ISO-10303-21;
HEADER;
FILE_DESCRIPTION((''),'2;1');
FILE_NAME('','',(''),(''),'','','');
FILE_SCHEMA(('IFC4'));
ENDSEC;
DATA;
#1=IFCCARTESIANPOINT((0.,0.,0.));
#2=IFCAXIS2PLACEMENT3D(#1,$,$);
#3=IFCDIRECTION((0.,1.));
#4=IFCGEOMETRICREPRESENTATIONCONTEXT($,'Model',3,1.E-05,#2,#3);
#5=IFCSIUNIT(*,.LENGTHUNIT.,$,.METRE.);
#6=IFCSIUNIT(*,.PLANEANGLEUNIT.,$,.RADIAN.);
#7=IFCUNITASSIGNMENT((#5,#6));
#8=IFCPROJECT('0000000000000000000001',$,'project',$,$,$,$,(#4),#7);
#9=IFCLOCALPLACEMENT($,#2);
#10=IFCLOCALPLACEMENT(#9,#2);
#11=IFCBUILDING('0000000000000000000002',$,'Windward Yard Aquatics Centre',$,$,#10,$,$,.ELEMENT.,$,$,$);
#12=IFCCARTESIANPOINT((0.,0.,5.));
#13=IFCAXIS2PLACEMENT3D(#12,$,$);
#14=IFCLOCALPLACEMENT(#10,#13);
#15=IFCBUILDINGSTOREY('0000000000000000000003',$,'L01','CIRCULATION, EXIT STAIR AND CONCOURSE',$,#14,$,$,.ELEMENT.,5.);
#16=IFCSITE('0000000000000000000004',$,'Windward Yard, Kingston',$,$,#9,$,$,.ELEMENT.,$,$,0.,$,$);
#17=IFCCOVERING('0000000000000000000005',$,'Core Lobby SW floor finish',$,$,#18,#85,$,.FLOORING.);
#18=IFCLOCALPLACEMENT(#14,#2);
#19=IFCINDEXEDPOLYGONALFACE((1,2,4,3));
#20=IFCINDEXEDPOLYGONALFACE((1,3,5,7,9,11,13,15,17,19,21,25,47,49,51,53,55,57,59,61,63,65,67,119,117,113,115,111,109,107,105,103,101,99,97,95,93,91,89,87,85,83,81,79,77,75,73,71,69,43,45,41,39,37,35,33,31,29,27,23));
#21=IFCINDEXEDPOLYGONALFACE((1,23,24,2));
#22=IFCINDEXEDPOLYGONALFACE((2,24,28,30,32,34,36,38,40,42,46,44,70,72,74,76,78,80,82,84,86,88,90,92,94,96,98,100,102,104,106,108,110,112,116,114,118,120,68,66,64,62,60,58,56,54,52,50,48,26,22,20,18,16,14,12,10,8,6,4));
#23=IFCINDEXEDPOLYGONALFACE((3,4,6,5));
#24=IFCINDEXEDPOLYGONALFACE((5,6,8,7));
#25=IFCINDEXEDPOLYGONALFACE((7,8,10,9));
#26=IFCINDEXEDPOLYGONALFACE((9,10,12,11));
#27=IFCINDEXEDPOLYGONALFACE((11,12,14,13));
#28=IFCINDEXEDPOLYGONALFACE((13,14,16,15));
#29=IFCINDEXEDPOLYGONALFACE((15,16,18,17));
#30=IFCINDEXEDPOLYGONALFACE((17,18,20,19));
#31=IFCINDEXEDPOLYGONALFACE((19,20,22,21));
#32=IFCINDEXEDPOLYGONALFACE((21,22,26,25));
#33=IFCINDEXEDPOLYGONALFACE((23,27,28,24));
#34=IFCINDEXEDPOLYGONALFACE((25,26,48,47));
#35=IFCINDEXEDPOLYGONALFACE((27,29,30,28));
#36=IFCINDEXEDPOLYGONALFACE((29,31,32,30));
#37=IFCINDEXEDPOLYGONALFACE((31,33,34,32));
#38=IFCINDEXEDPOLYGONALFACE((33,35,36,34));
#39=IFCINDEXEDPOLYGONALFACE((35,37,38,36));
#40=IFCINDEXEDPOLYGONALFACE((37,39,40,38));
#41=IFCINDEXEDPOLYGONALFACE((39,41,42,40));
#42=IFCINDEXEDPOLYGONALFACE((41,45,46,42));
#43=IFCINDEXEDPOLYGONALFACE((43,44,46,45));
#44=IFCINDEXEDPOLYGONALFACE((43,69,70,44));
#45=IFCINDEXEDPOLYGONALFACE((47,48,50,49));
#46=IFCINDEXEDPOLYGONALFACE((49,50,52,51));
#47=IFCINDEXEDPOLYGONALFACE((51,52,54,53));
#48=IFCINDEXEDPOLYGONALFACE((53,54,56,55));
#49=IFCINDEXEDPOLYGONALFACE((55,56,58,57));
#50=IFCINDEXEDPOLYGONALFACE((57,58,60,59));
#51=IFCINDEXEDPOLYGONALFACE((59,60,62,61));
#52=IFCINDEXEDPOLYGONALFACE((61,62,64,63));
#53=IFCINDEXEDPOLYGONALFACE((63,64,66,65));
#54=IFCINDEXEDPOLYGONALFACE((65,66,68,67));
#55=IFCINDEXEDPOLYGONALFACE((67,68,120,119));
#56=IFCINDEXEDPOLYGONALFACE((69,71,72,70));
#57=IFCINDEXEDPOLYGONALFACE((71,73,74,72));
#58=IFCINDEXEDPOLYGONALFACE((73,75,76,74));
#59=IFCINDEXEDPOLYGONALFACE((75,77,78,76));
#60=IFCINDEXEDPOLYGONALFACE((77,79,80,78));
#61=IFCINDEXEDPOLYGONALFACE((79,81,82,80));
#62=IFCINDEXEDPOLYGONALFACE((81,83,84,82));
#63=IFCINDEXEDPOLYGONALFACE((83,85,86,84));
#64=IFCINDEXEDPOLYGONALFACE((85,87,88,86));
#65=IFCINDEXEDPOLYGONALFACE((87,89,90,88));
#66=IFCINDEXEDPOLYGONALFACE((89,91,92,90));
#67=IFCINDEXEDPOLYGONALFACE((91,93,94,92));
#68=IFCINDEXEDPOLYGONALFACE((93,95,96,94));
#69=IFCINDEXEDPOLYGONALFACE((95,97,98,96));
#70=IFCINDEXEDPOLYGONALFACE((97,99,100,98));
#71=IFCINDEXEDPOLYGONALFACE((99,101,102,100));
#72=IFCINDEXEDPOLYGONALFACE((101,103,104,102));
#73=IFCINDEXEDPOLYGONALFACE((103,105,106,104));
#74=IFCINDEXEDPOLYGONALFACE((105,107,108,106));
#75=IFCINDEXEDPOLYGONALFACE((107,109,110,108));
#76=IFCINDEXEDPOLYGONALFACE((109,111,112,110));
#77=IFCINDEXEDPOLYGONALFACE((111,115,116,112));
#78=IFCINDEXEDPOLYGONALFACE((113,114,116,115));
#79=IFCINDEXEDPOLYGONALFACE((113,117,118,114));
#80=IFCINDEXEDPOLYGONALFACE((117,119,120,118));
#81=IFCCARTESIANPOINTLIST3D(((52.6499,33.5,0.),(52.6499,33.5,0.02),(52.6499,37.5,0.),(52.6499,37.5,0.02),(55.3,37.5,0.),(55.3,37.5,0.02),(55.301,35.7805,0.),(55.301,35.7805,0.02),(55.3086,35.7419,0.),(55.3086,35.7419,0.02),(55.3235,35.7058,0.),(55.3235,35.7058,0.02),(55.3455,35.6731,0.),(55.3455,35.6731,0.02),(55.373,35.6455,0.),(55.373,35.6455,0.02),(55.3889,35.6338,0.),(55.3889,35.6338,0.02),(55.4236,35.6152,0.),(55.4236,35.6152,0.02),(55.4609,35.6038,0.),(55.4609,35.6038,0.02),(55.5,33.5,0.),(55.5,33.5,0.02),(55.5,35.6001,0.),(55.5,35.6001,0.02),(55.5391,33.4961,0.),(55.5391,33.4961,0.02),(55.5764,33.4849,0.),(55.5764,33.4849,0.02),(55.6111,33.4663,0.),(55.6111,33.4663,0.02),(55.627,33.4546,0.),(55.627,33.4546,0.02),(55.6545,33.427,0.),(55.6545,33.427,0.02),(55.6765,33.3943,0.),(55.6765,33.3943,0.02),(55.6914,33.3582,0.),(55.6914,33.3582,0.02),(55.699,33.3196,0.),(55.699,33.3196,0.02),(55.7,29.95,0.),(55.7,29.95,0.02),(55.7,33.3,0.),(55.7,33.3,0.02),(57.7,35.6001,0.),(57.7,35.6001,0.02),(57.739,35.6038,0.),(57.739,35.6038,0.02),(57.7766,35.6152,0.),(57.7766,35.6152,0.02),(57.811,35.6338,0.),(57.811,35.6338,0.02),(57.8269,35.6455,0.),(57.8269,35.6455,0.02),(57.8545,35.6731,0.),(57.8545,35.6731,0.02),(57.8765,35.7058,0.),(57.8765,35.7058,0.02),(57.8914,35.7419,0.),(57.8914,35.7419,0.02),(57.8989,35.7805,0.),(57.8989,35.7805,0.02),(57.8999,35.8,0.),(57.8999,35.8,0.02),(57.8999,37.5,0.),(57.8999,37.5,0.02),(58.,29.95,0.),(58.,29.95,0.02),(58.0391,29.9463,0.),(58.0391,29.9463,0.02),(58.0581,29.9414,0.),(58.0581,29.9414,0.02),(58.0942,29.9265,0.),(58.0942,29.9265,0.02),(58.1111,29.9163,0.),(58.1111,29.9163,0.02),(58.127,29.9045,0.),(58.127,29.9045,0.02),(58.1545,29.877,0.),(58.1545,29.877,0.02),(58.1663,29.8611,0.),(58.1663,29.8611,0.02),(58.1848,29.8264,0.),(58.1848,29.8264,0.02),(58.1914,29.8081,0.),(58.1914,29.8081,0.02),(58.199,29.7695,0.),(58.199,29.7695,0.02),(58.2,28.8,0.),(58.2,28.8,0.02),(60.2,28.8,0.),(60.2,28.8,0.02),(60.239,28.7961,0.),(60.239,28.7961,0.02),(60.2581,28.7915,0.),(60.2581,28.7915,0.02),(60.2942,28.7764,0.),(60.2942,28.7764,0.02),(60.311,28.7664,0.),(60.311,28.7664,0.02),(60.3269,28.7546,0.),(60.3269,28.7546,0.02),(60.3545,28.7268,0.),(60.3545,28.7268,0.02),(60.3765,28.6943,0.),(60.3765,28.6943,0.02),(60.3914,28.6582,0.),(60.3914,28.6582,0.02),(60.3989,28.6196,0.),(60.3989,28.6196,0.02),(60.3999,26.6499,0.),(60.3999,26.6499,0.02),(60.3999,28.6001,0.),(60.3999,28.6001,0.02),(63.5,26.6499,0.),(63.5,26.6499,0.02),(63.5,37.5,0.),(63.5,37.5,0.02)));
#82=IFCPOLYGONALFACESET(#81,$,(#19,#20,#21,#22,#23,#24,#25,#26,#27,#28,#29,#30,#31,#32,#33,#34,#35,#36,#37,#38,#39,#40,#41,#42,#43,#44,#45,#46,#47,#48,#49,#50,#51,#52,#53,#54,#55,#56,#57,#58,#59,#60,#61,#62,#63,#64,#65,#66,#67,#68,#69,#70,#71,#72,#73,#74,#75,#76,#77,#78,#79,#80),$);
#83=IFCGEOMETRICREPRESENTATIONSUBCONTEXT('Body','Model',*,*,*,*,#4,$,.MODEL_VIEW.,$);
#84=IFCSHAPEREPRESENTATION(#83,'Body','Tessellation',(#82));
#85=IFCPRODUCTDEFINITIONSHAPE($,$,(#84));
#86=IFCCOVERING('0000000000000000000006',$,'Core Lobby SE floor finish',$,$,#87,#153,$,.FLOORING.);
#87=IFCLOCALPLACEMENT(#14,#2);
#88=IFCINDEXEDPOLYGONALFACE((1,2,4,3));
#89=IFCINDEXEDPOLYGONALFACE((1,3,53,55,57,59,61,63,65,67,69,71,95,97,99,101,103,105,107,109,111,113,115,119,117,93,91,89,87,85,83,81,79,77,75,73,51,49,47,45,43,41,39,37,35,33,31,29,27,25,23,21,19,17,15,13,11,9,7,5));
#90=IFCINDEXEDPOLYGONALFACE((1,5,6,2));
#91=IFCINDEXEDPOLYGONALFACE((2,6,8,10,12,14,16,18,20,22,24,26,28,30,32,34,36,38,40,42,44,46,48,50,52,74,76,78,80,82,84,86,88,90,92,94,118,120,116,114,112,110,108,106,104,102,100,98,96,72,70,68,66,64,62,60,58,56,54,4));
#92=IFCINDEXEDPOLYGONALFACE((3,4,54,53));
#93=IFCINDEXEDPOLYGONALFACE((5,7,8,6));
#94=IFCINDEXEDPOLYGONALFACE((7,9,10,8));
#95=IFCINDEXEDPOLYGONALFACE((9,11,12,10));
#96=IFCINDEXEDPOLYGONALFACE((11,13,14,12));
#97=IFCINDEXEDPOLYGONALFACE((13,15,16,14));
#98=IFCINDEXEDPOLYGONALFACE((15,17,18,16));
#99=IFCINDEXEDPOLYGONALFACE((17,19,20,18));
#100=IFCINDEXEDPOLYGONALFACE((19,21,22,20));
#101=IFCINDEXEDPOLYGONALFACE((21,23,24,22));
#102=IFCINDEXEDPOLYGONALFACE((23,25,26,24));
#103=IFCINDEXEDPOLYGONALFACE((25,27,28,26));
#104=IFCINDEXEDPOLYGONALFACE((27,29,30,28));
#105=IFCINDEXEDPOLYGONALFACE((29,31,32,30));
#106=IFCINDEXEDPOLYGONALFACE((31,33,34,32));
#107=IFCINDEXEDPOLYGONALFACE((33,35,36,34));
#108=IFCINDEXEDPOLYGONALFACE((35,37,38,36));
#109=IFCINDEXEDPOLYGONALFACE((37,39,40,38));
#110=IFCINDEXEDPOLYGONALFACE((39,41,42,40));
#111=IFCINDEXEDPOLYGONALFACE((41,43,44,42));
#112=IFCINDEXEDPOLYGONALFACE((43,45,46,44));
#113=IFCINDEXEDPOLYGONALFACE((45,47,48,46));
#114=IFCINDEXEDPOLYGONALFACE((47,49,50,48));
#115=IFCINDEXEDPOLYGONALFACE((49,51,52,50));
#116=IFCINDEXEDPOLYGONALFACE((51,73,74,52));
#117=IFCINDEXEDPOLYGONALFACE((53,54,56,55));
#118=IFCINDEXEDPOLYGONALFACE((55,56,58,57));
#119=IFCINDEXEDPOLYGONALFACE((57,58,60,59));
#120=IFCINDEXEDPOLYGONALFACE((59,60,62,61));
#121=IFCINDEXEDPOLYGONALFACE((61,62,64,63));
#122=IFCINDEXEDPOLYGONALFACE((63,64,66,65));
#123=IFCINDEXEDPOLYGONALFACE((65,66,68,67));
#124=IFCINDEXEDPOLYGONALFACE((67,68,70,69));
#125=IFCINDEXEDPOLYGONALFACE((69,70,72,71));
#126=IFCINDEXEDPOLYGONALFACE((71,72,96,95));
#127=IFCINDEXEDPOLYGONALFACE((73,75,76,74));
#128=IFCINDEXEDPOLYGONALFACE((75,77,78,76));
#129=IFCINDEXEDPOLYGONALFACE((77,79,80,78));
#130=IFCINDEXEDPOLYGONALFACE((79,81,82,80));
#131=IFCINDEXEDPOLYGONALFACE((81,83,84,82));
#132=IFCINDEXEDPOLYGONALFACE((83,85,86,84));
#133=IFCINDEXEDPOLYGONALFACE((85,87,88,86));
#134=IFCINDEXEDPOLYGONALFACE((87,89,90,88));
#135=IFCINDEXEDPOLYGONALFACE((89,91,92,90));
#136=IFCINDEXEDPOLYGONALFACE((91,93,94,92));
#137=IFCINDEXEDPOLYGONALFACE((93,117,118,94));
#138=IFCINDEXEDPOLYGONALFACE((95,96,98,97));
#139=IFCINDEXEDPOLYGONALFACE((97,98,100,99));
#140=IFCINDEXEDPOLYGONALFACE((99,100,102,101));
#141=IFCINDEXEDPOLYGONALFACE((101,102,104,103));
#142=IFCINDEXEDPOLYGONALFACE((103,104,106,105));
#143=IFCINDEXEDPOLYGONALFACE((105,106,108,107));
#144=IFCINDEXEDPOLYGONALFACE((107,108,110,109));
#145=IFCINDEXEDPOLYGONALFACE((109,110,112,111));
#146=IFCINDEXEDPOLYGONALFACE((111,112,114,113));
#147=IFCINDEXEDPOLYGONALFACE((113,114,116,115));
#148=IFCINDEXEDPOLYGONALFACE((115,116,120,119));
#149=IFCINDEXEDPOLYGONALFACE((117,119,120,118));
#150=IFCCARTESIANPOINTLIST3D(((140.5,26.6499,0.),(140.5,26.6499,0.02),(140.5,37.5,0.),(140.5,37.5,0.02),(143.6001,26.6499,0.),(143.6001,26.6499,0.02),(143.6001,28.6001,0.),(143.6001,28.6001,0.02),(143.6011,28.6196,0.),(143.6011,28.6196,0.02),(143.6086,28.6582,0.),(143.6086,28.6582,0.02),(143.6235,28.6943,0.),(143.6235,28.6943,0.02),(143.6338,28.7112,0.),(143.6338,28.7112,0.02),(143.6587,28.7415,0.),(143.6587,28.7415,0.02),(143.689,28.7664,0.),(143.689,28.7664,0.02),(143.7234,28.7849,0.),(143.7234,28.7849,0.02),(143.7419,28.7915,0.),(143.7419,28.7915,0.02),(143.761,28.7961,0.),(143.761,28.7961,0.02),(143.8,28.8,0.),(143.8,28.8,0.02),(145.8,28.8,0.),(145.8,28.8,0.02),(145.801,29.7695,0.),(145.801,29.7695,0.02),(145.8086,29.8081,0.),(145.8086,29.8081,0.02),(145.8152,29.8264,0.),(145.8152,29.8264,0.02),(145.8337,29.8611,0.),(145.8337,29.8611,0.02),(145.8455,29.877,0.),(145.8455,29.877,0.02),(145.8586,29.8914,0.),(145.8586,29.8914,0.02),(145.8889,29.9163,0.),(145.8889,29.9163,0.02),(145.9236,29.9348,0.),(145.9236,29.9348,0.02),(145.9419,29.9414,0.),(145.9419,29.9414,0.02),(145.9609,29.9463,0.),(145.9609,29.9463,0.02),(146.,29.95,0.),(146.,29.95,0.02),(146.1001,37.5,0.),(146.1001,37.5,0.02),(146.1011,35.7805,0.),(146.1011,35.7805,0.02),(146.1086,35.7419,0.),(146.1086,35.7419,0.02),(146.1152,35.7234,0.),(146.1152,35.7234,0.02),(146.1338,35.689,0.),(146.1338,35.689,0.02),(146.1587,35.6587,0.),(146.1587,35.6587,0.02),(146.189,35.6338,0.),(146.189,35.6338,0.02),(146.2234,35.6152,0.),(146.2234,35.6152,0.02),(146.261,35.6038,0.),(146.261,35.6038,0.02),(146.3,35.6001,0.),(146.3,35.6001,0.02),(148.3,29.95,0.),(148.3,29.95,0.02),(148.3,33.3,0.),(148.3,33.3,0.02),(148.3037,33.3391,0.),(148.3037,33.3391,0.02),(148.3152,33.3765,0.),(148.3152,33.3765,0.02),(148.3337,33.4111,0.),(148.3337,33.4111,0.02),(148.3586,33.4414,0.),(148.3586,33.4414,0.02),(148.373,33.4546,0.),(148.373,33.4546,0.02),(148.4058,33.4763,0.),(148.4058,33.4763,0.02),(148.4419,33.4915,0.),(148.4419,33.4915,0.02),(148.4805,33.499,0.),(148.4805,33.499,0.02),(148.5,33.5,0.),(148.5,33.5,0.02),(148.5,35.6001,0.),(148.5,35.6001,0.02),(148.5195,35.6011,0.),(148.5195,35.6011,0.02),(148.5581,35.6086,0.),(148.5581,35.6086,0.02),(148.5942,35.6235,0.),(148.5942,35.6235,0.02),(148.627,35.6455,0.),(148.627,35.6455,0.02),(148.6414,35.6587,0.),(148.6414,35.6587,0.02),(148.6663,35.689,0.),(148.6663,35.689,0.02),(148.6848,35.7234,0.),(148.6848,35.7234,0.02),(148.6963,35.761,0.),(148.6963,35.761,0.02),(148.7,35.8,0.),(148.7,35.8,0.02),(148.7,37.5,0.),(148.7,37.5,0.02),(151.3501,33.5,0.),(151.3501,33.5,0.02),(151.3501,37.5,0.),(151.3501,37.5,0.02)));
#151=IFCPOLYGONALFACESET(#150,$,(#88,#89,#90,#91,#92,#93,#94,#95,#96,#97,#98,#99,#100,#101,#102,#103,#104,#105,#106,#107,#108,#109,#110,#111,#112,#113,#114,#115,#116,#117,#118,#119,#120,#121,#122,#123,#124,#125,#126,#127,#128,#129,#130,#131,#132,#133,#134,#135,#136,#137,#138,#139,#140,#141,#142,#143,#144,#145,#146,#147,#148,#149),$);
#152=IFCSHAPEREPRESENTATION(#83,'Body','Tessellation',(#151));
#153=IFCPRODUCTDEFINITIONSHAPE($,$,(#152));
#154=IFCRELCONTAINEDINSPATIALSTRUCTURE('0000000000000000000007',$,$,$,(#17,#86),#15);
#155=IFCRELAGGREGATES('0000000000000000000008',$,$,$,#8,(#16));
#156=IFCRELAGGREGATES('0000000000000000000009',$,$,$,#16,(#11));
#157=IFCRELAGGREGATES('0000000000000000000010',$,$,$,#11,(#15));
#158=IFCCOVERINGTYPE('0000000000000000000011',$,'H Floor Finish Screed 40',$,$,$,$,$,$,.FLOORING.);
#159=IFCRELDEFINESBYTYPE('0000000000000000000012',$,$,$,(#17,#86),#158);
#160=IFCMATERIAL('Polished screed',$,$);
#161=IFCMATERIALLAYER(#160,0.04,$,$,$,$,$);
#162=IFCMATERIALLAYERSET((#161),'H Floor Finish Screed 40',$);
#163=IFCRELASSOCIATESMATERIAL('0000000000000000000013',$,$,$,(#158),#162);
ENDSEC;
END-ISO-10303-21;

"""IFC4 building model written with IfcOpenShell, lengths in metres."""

from ifc_helpers import new_model, si_unit, direction, frame, origin, place, context, subcontext, project, spatial, polyline, outline, extrude, material, layer, layer_set, type_object, element, save


model = new_model("IFC4")

# Units and contexts
model_context = context("Model", 3, precision=1e-05, world=origin(), true_north=direction((0.0, 1.0)))
body_context = subcontext(model_context, "Body", "Model", "MODEL_VIEW")
ifc_project = project(units=[si_unit("LENGTHUNIT", "METRE"), si_unit("PLANEANGLEUNIT", "RADIAN")], contexts=[model_context])

# Site, building, storey
site_placement = place(None, origin())
site = spatial("IfcSite", under=ifc_project, at=site_placement, Name="Windward Yard, Kingston", CompositionType="ELEMENT", RefElevation=0.0)
building_placement = place(site_placement, origin())
building = spatial("IfcBuilding", under=site, at=building_placement, Name="Windward Yard Aquatics Centre", CompositionType="ELEMENT")
storey_placement = place(building_placement, frame((0.0, 0.0, 5.0)))
storey = spatial("IfcBuildingStorey", under=building, at=storey_placement, Name="L01", Description="CIRCULATION, EXIT STAIR AND CONCOURSE", CompositionType="ELEMENT", Elevation=5.0)

# Coverings
ifc_material_1 = material(Name="Polished screed")
ifc_layer_1 = layer(ifc_material_1, 0.04)
ifc_layer_set_1 = layer_set([ifc_layer_1], Name="H Floor Finish Screed 40")
covering_type_1 = type_object("IfcCoveringType", Name="H Floor Finish Screed 40", PredefinedType="FLOORING", material=ifc_layer_set_1)
covering_1_placement = place(storey_placement, origin())
element("IfcCovering", 1, at=covering_1_placement, inside=storey, type_object=covering_type_1, Name="Core Lobby SW floor finish", PredefinedType="FLOORING", context=body_context, shape_type="SweptSolid", body=[
    extrude(outline(polyline([(52.6499, 33.5), (52.6499, 37.5), (55.3, 37.5), (55.301, 35.7805), (55.3086, 35.7419), (55.3235, 35.7058), (55.3455, 35.6731), (55.373, 35.6455), (55.3889, 35.6338), (55.4236, 35.6152), (55.4609, 35.6038), (55.5, 35.6001), (57.7, 35.6001), (57.739, 35.6038), (57.7766, 35.6152), (57.811, 35.6338), (57.8269, 35.6455), (57.8545, 35.6731), (57.8765, 35.7058), (57.8914, 35.7419), (57.8989, 35.7805), (57.8999, 35.8), (57.8999, 37.5), (63.5, 37.5), (63.5, 26.6499), (60.3999, 26.6499), (60.3999, 28.6001), (60.3989, 28.6196), (60.3914, 28.6582), (60.3765, 28.6943), (60.3545, 28.7268), (60.3269, 28.7546), (60.311, 28.7664), (60.2942, 28.7764), (60.2581, 28.7915), (60.239, 28.7961), (60.2, 28.8), (58.2, 28.8), (58.199, 29.7695), (58.1914, 29.8081), (58.1848, 29.8264), (58.1663, 29.8611), (58.1545, 29.877), (58.127, 29.9045), (58.1111, 29.9163), (58.0942, 29.9265), (58.0581, 29.9414), (58.0391, 29.9463), (58.0, 29.95), (55.7, 29.95), (55.7, 33.3), (55.699, 33.3196), (55.6914, 33.3582), (55.6765, 33.3943), (55.6545, 33.427), (55.627, 33.4546), (55.6111, 33.4663), (55.5764, 33.4849), (55.5391, 33.4961), (55.5, 33.5), (52.6499, 33.5)])), origin(), (0.0, 0.0, 1.0), 0.02),
])
covering_2_placement = place(storey_placement, origin())
element("IfcCovering", 2, at=covering_2_placement, inside=storey, type_object=covering_type_1, Name="Core Lobby SE floor finish", PredefinedType="FLOORING", context=body_context, shape_type="SweptSolid", body=[
    extrude(outline(polyline([(140.5, 26.6499), (140.5, 37.5), (146.1001, 37.5), (146.1011, 35.7805), (146.1086, 35.7419), (146.1152, 35.7234), (146.1338, 35.689), (146.1587, 35.6587), (146.189, 35.6338), (146.2234, 35.6152), (146.261, 35.6038), (146.3, 35.6001), (148.5, 35.6001), (148.5195, 35.6011), (148.5581, 35.6086), (148.5942, 35.6235), (148.627, 35.6455), (148.6414, 35.6587), (148.6663, 35.689), (148.6848, 35.7234), (148.6963, 35.761), (148.7, 35.8), (148.7, 37.5), (151.3501, 37.5), (151.3501, 33.5), (148.5, 33.5), (148.4805, 33.499), (148.4419, 33.4915), (148.4058, 33.4763), (148.373, 33.4546), (148.3586, 33.4414), (148.3337, 33.4111), (148.3152, 33.3765), (148.3037, 33.3391), (148.3, 33.3), (148.3, 29.95), (146.0, 29.95), (145.9609, 29.9463), (145.9419, 29.9414), (145.9236, 29.9348), (145.8889, 29.9163), (145.8586, 29.8914), (145.8455, 29.877), (145.8337, 29.8611), (145.8152, 29.8264), (145.8086, 29.8081), (145.801, 29.7695), (145.8, 28.8), (143.8, 28.8), (143.761, 28.7961), (143.7419, 28.7915), (143.7234, 28.7849), (143.689, 28.7664), (143.6587, 28.7415), (143.6338, 28.7112), (143.6235, 28.6943), (143.6086, 28.6582), (143.6011, 28.6196), (143.6001, 28.6001), (143.6001, 26.6499), (140.5, 26.6499)])), origin(), (0.0, 0.0, 1.0), 0.02),
])

save(model, "model.ifc")
